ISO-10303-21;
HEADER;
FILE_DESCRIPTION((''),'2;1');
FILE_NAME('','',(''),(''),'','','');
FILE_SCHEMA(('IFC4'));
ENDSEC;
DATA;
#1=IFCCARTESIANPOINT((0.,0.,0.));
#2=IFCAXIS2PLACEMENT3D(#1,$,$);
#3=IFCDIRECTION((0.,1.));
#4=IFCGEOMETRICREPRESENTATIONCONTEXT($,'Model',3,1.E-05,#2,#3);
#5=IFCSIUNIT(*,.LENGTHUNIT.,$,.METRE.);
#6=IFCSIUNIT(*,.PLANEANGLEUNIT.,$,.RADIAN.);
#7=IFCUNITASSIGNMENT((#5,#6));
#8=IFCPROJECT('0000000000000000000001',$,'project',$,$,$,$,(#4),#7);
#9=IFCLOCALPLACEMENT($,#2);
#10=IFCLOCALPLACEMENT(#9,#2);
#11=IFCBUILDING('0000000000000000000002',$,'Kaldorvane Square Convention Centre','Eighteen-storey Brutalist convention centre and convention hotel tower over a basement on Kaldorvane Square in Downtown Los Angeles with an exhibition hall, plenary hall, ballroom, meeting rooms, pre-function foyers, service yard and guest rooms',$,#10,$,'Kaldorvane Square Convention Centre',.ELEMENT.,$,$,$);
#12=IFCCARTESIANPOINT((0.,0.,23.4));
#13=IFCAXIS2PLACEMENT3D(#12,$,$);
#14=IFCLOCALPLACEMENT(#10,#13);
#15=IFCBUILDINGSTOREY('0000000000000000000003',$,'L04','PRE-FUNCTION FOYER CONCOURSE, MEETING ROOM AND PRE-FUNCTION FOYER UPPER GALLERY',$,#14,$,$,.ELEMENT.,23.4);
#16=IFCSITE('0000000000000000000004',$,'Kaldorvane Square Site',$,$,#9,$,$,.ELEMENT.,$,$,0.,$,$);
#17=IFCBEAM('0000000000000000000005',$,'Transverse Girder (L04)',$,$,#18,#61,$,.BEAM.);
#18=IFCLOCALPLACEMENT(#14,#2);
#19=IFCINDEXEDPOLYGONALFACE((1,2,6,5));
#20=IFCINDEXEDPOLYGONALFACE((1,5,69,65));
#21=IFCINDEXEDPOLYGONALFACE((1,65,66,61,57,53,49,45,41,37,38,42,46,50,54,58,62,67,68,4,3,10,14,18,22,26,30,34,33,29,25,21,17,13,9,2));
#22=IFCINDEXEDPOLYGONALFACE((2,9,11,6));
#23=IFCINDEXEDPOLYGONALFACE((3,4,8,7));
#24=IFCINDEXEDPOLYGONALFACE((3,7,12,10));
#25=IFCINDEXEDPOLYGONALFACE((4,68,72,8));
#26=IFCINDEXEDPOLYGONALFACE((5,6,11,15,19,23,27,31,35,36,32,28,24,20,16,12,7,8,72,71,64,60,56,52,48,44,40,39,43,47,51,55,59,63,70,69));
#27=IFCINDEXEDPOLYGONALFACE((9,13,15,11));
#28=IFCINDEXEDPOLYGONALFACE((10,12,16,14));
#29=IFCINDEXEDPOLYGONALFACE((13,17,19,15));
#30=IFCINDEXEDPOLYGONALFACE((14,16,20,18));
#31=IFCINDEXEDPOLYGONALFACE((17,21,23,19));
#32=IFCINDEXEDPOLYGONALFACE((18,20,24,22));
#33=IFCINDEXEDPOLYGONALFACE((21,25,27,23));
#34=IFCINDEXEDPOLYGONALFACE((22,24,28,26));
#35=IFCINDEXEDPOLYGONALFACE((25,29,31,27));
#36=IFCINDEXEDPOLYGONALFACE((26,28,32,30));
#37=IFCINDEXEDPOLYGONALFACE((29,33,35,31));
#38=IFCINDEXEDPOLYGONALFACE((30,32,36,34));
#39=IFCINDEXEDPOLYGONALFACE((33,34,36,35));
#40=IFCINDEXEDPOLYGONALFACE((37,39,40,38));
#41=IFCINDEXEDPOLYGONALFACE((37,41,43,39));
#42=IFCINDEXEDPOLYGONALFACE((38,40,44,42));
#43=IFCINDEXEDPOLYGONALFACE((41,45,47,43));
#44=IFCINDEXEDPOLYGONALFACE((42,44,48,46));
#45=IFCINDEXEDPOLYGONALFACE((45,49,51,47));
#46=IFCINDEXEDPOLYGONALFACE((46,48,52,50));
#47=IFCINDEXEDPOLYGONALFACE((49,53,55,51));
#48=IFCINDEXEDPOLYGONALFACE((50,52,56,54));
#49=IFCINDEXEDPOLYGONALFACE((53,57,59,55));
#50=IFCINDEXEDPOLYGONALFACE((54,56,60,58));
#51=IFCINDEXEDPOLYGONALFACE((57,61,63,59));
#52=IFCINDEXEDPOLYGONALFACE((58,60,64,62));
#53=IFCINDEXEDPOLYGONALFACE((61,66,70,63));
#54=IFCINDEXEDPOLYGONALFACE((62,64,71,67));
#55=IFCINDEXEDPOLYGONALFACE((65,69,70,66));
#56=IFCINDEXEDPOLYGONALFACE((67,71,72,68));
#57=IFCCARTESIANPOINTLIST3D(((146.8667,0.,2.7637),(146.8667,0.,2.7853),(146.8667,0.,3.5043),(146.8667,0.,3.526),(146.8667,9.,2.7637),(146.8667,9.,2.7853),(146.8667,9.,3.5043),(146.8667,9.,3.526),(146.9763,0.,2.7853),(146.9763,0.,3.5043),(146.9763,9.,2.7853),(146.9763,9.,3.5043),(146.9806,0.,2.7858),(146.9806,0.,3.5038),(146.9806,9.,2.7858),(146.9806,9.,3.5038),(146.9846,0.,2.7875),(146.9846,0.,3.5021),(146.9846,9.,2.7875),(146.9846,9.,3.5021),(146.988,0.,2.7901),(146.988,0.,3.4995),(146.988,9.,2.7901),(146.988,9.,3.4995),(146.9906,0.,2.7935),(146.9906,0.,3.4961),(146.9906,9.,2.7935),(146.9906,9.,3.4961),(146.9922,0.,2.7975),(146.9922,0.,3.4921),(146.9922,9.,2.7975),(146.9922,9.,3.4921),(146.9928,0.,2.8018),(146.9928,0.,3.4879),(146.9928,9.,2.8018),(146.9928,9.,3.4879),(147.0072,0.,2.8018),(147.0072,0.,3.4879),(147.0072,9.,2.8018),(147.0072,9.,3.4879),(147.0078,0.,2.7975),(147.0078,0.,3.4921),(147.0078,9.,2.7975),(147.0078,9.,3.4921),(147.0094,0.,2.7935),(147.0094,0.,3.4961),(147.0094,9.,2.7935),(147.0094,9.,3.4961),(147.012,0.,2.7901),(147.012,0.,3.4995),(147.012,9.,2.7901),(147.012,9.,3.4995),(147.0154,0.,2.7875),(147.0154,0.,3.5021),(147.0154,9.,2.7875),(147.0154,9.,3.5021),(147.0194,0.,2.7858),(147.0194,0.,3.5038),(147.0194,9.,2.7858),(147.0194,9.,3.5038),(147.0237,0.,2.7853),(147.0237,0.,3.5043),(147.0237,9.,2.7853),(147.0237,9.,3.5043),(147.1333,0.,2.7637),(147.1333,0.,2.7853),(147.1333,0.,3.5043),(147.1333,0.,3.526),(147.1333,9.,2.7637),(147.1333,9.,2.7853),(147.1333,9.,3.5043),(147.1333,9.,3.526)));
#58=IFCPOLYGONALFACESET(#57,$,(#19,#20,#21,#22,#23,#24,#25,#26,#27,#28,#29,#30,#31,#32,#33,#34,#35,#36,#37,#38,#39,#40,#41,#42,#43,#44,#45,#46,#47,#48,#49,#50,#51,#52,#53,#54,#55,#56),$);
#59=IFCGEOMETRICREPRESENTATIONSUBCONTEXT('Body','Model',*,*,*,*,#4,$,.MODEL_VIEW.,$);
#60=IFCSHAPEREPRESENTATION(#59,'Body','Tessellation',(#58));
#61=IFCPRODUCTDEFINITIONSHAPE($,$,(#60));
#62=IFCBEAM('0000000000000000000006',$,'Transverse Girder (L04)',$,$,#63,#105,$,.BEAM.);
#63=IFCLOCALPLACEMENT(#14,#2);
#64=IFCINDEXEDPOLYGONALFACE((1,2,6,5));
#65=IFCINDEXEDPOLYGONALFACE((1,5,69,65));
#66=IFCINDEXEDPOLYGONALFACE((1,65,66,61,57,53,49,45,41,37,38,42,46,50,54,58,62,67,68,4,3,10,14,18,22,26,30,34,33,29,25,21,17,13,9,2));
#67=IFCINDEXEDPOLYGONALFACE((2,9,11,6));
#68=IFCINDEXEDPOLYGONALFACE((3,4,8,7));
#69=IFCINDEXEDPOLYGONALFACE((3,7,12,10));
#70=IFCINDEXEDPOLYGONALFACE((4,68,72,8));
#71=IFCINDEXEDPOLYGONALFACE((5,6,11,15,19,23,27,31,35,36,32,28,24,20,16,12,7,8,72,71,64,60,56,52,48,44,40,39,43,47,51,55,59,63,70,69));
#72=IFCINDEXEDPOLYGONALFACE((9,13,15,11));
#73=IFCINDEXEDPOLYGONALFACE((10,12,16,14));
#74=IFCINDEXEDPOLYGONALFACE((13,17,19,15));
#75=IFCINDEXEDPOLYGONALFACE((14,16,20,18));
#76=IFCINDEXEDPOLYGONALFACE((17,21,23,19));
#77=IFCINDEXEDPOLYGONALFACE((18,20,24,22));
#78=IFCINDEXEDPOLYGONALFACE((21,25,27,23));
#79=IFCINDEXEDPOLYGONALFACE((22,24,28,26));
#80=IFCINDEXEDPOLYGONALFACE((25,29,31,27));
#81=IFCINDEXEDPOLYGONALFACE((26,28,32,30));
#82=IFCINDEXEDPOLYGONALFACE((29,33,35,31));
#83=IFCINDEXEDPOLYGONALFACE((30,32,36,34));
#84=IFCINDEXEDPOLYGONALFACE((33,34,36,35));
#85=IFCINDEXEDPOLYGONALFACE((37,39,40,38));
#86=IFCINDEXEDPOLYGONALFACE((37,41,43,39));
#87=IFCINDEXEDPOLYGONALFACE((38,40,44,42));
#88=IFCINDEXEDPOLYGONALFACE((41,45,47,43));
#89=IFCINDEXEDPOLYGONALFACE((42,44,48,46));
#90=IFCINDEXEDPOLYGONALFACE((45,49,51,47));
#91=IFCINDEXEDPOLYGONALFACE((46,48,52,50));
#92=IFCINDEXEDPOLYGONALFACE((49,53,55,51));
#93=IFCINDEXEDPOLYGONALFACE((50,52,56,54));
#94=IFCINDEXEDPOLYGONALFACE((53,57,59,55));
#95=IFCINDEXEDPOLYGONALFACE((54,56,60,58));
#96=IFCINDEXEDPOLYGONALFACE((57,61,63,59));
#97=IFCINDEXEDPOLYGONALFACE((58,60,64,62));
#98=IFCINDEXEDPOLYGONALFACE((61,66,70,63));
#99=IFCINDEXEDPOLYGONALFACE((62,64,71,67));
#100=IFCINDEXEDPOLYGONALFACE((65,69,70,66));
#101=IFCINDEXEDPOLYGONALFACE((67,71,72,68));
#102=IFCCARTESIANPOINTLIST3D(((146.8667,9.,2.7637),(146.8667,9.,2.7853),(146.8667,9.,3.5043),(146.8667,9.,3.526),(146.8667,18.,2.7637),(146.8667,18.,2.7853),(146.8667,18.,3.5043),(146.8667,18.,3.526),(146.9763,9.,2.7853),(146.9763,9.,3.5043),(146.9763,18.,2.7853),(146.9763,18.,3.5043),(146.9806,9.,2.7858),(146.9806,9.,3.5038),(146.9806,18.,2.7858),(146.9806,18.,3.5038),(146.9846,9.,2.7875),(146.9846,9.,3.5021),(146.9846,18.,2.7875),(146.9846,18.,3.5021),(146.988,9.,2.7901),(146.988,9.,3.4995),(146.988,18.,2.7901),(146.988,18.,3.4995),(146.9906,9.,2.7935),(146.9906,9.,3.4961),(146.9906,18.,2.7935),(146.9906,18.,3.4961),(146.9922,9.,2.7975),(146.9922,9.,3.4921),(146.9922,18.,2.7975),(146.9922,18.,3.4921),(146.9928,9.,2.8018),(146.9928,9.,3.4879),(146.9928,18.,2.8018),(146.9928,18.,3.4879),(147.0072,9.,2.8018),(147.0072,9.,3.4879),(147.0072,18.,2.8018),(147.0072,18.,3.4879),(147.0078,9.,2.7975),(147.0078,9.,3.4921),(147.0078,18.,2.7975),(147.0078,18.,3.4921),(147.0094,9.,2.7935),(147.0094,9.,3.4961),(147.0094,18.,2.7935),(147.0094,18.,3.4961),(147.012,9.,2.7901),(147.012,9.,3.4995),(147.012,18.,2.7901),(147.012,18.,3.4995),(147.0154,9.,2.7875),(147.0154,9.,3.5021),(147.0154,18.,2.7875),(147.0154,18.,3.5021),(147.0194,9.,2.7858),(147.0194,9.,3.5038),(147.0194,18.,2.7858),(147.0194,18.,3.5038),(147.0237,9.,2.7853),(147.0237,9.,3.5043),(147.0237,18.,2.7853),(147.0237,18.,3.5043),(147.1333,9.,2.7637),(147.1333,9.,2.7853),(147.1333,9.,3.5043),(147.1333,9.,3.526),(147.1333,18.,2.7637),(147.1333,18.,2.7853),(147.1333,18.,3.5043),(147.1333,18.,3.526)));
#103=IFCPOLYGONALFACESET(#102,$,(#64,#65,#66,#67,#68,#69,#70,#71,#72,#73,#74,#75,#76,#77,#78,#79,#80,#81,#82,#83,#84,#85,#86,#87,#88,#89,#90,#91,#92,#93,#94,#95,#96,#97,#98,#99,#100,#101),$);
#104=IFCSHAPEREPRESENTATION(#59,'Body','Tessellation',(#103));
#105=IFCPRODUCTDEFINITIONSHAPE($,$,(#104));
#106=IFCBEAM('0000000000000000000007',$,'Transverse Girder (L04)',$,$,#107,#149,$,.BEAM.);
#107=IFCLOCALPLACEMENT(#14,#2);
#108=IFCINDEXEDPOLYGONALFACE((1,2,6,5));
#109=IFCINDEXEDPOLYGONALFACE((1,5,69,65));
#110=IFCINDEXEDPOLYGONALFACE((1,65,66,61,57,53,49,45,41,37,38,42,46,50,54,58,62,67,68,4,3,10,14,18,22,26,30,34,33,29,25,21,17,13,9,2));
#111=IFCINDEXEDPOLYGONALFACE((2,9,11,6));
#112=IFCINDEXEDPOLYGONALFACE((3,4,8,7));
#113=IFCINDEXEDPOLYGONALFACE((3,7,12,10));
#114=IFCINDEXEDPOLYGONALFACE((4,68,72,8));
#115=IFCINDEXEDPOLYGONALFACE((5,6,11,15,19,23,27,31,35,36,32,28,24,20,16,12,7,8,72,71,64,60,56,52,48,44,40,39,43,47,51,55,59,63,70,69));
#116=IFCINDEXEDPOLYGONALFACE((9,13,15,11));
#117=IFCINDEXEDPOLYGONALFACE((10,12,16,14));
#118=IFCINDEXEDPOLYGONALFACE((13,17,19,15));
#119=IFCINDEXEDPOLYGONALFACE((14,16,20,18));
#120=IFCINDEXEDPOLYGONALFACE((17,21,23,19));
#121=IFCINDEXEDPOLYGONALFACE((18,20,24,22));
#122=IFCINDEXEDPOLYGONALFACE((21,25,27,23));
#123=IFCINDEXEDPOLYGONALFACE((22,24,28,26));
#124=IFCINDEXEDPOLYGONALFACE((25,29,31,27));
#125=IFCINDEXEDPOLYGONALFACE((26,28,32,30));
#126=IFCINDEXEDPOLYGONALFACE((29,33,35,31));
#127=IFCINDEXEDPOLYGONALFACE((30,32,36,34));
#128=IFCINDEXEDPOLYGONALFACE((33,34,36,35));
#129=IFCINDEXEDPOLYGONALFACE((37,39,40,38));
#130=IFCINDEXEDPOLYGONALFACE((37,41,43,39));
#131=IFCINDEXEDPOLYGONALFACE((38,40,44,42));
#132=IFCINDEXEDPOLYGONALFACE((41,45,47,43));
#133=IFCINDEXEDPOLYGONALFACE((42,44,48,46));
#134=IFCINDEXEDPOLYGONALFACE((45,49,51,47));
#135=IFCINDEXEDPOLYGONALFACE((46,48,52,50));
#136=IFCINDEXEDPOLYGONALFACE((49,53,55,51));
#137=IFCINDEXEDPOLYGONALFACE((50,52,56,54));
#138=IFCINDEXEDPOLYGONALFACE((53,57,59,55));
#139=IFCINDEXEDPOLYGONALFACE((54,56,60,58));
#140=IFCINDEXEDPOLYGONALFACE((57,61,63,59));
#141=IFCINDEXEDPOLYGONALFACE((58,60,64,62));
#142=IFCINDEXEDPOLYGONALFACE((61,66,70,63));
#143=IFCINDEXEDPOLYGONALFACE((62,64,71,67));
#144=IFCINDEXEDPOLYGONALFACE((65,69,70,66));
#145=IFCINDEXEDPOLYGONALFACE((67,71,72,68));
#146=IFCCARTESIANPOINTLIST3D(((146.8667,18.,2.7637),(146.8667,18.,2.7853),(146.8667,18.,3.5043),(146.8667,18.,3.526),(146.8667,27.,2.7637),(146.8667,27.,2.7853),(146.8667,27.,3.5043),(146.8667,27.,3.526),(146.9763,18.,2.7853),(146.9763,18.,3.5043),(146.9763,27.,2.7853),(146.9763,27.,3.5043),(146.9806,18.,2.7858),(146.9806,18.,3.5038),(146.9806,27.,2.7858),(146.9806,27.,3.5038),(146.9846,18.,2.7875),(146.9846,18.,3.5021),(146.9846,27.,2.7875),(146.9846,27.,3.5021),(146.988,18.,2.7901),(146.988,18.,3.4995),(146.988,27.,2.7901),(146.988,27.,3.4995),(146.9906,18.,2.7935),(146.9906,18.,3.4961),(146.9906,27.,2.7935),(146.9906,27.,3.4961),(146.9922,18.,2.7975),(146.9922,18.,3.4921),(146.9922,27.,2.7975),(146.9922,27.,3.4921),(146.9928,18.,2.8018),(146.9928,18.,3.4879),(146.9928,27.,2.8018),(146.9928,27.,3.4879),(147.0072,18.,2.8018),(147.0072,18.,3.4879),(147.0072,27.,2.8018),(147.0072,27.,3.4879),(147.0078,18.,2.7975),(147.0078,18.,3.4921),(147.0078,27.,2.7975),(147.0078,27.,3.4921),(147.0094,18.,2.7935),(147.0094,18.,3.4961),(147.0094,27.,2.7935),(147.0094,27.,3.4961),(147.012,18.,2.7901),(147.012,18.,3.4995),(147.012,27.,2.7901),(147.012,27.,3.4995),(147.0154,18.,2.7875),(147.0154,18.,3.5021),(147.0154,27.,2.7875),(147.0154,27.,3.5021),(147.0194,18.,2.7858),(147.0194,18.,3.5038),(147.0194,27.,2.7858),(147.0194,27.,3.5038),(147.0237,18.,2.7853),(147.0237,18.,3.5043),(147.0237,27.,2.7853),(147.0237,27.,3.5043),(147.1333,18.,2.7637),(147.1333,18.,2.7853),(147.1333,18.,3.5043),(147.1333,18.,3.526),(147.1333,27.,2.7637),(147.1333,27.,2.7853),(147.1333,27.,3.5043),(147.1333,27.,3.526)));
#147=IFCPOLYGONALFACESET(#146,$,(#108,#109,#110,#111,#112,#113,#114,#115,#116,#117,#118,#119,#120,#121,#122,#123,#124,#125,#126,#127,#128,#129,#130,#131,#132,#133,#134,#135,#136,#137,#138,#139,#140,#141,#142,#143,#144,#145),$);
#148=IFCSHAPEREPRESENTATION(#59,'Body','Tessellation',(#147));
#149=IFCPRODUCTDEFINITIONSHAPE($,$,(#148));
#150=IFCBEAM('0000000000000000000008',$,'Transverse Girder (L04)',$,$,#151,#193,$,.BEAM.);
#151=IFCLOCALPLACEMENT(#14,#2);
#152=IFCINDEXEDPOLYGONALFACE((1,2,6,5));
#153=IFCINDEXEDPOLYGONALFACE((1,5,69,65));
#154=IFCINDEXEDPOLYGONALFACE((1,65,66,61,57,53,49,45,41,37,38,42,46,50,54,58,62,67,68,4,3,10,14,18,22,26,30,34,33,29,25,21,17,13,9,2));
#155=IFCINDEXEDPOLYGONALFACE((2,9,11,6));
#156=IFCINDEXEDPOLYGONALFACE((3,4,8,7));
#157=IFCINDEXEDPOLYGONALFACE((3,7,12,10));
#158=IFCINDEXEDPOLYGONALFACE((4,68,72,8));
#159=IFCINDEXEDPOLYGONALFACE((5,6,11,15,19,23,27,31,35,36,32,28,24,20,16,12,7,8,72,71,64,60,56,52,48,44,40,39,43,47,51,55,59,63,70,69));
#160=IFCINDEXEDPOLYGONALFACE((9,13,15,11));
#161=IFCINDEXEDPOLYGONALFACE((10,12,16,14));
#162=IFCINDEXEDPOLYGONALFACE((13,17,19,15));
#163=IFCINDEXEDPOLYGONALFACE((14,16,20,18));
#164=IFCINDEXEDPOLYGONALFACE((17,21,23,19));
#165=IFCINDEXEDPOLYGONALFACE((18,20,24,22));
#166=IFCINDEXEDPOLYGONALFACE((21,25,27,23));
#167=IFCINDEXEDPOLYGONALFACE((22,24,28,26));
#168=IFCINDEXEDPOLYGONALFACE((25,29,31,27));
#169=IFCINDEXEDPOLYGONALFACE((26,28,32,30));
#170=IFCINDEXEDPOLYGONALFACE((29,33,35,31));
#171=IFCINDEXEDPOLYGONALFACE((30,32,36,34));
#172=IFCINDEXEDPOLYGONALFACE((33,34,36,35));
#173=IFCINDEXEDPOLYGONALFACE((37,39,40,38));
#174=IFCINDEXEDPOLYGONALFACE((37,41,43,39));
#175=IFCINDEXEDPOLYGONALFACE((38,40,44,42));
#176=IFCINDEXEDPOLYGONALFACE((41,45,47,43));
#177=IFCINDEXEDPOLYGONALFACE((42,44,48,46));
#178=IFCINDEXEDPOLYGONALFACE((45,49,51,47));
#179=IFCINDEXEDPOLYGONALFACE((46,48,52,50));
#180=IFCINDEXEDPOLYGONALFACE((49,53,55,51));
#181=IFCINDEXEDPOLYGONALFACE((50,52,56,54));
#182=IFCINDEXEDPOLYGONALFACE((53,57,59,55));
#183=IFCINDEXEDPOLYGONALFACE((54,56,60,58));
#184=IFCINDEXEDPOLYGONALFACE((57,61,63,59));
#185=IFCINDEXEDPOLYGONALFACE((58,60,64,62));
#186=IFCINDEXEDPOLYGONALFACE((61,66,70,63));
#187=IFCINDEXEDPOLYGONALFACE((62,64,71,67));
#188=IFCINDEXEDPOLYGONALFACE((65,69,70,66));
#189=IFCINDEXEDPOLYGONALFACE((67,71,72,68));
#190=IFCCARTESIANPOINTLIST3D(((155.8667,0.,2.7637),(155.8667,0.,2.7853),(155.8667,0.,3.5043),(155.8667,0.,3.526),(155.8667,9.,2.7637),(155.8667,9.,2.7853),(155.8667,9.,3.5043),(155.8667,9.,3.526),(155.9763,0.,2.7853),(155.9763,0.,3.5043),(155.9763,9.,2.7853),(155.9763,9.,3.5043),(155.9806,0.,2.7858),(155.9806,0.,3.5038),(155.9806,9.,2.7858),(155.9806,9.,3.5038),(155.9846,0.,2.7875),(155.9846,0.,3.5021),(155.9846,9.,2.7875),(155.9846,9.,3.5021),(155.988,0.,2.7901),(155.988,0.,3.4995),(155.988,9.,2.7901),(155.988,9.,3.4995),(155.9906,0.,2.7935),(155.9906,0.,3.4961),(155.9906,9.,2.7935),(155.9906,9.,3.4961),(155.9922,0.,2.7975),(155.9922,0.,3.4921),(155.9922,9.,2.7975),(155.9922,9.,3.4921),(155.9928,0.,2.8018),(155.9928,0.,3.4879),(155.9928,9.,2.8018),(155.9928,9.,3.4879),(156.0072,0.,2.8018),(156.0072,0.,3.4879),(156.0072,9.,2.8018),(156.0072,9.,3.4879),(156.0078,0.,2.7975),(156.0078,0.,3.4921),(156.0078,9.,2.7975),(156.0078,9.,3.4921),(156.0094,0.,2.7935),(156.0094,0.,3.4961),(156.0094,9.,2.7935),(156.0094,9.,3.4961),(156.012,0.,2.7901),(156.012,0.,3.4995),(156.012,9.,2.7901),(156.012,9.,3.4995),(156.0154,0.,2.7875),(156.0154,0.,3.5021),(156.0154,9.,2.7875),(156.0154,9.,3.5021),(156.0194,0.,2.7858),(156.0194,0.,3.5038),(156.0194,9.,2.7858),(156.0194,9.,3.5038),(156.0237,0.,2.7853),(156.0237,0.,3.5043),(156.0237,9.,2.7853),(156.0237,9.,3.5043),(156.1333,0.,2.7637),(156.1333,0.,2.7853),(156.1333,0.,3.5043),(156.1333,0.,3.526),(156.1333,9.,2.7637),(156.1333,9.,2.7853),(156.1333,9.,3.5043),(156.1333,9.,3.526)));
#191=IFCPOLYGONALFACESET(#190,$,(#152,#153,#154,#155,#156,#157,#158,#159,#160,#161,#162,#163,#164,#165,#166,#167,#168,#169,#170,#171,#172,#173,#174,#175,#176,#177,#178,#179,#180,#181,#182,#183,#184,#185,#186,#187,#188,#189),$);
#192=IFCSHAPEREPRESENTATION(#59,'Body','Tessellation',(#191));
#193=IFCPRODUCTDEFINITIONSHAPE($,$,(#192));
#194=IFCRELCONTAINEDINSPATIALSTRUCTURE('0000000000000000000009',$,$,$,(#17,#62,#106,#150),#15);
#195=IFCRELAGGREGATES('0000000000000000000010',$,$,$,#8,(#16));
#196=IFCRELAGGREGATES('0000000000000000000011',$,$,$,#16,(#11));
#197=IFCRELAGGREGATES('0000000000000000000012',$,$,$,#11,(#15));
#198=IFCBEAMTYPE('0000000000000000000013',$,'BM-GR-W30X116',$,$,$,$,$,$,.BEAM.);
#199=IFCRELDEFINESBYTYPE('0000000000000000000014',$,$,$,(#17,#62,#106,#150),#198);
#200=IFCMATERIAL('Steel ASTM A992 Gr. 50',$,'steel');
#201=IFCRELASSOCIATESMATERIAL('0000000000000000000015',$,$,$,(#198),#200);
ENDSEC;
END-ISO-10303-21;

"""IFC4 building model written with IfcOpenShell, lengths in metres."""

from ifc_helpers import new_model, si_unit, direction, frame, origin, origin_2d, place, context, subcontext, project, spatial, i_section, extrude, material, material_profile, profile_set, type_object, element, save


model = new_model("IFC4")

# Units and contexts
model_context = context("Model", 3, precision=1e-05, world=origin(), true_north=direction((0.0, 1.0)))
body_context = subcontext(model_context, "Body", "Model", "MODEL_VIEW")
ifc_project = project(units=[si_unit("LENGTHUNIT", "METRE"), si_unit("PLANEANGLEUNIT", "RADIAN")], contexts=[model_context])

# Site, building, storey
site_placement = place(None, origin())
site = spatial("IfcSite", under=ifc_project, at=site_placement, Name="Kaldorvane Square Site", CompositionType="ELEMENT", RefElevation=0.0)
building_placement = place(site_placement, origin())
building = spatial("IfcBuilding", under=site, at=building_placement, Name="Kaldorvane Square Convention Centre", Description="Eighteen-storey Brutalist convention centre and convention hotel tower over a basement on Kaldorvane Square in Downtown Los Angeles with an exhibition hall, plenary hall, ballroom, meeting rooms, pre-function foyers, service yard and guest rooms", LongName="Kaldorvane Square Convention Centre", CompositionType="ELEMENT")
storey_placement = place(building_placement, frame((0.0, 0.0, 23.4)))
storey = spatial("IfcBuildingStorey", under=building, at=storey_placement, Name="L04", Description="PRE-FUNCTION FOYER CONCOURSE, MEETING ROOM AND PRE-FUNCTION FOYER UPPER GALLERY", CompositionType="ELEMENT", Elevation=23.4)

# Shared definitions
ifc_material_1 = material(Name="Steel ASTM A992 Gr. 50", Category="steel")

# Beams
ifc_material_profile_1 = material_profile(ifc_material_1, i_section(OverallWidth=0.2666, OverallDepth=0.7623, WebThickness=0.0144, FlangeThickness=0.0216, FilletRadius=0.0165, at=origin_2d()), Name="W30X116")
ifc_profile_set_1 = profile_set([ifc_material_profile_1], Name="Steel ASTM A992 Gr. 50")
beam_type_1 = type_object("IfcBeamType", Name="BM-GR-W30X116", PredefinedType="BEAM", material=ifc_profile_set_1)
for number, where, z_axis, x_axis, name in (
    (1, (147.0, 0.0, 3.1448), (0.0, 1.0, 0.0), (-1.0, 0.0, 0.0), "Transverse Girder (L04)"),
    (2, (147.0, 9.0, 3.1448), (0.0, 1.0, 0.0), (-1.0, 0.0, 0.0), "Transverse Girder (L04)"),
    (3, (147.0, 18.0, 3.1448), (0.0, 1.0, 0.0), (-1.0, 0.0, 0.0), "Transverse Girder (L04)"),
    (4, (156.0, 0.0, 3.1448), (0.0, 1.0, 0.0), (-1.0, 0.0, 0.0), "Transverse Girder (L04)"),
):
    element("IfcBeam", number, at=place(storey_placement, frame(where, z_axis=z_axis, x_axis=x_axis)), inside=storey, type_object=beam_type_1, Name=name, PredefinedType="BEAM", context=body_context, shape_type="SweptSolid", body=[
        extrude(i_section(OverallWidth=0.2666, OverallDepth=0.7623, WebThickness=0.0144, FlangeThickness=0.0216, FilletRadius=0.0165, at=origin_2d()), origin(), (0.0, 0.0, 1.0), 9.0),
    ])

save(model, "model.ifc")
